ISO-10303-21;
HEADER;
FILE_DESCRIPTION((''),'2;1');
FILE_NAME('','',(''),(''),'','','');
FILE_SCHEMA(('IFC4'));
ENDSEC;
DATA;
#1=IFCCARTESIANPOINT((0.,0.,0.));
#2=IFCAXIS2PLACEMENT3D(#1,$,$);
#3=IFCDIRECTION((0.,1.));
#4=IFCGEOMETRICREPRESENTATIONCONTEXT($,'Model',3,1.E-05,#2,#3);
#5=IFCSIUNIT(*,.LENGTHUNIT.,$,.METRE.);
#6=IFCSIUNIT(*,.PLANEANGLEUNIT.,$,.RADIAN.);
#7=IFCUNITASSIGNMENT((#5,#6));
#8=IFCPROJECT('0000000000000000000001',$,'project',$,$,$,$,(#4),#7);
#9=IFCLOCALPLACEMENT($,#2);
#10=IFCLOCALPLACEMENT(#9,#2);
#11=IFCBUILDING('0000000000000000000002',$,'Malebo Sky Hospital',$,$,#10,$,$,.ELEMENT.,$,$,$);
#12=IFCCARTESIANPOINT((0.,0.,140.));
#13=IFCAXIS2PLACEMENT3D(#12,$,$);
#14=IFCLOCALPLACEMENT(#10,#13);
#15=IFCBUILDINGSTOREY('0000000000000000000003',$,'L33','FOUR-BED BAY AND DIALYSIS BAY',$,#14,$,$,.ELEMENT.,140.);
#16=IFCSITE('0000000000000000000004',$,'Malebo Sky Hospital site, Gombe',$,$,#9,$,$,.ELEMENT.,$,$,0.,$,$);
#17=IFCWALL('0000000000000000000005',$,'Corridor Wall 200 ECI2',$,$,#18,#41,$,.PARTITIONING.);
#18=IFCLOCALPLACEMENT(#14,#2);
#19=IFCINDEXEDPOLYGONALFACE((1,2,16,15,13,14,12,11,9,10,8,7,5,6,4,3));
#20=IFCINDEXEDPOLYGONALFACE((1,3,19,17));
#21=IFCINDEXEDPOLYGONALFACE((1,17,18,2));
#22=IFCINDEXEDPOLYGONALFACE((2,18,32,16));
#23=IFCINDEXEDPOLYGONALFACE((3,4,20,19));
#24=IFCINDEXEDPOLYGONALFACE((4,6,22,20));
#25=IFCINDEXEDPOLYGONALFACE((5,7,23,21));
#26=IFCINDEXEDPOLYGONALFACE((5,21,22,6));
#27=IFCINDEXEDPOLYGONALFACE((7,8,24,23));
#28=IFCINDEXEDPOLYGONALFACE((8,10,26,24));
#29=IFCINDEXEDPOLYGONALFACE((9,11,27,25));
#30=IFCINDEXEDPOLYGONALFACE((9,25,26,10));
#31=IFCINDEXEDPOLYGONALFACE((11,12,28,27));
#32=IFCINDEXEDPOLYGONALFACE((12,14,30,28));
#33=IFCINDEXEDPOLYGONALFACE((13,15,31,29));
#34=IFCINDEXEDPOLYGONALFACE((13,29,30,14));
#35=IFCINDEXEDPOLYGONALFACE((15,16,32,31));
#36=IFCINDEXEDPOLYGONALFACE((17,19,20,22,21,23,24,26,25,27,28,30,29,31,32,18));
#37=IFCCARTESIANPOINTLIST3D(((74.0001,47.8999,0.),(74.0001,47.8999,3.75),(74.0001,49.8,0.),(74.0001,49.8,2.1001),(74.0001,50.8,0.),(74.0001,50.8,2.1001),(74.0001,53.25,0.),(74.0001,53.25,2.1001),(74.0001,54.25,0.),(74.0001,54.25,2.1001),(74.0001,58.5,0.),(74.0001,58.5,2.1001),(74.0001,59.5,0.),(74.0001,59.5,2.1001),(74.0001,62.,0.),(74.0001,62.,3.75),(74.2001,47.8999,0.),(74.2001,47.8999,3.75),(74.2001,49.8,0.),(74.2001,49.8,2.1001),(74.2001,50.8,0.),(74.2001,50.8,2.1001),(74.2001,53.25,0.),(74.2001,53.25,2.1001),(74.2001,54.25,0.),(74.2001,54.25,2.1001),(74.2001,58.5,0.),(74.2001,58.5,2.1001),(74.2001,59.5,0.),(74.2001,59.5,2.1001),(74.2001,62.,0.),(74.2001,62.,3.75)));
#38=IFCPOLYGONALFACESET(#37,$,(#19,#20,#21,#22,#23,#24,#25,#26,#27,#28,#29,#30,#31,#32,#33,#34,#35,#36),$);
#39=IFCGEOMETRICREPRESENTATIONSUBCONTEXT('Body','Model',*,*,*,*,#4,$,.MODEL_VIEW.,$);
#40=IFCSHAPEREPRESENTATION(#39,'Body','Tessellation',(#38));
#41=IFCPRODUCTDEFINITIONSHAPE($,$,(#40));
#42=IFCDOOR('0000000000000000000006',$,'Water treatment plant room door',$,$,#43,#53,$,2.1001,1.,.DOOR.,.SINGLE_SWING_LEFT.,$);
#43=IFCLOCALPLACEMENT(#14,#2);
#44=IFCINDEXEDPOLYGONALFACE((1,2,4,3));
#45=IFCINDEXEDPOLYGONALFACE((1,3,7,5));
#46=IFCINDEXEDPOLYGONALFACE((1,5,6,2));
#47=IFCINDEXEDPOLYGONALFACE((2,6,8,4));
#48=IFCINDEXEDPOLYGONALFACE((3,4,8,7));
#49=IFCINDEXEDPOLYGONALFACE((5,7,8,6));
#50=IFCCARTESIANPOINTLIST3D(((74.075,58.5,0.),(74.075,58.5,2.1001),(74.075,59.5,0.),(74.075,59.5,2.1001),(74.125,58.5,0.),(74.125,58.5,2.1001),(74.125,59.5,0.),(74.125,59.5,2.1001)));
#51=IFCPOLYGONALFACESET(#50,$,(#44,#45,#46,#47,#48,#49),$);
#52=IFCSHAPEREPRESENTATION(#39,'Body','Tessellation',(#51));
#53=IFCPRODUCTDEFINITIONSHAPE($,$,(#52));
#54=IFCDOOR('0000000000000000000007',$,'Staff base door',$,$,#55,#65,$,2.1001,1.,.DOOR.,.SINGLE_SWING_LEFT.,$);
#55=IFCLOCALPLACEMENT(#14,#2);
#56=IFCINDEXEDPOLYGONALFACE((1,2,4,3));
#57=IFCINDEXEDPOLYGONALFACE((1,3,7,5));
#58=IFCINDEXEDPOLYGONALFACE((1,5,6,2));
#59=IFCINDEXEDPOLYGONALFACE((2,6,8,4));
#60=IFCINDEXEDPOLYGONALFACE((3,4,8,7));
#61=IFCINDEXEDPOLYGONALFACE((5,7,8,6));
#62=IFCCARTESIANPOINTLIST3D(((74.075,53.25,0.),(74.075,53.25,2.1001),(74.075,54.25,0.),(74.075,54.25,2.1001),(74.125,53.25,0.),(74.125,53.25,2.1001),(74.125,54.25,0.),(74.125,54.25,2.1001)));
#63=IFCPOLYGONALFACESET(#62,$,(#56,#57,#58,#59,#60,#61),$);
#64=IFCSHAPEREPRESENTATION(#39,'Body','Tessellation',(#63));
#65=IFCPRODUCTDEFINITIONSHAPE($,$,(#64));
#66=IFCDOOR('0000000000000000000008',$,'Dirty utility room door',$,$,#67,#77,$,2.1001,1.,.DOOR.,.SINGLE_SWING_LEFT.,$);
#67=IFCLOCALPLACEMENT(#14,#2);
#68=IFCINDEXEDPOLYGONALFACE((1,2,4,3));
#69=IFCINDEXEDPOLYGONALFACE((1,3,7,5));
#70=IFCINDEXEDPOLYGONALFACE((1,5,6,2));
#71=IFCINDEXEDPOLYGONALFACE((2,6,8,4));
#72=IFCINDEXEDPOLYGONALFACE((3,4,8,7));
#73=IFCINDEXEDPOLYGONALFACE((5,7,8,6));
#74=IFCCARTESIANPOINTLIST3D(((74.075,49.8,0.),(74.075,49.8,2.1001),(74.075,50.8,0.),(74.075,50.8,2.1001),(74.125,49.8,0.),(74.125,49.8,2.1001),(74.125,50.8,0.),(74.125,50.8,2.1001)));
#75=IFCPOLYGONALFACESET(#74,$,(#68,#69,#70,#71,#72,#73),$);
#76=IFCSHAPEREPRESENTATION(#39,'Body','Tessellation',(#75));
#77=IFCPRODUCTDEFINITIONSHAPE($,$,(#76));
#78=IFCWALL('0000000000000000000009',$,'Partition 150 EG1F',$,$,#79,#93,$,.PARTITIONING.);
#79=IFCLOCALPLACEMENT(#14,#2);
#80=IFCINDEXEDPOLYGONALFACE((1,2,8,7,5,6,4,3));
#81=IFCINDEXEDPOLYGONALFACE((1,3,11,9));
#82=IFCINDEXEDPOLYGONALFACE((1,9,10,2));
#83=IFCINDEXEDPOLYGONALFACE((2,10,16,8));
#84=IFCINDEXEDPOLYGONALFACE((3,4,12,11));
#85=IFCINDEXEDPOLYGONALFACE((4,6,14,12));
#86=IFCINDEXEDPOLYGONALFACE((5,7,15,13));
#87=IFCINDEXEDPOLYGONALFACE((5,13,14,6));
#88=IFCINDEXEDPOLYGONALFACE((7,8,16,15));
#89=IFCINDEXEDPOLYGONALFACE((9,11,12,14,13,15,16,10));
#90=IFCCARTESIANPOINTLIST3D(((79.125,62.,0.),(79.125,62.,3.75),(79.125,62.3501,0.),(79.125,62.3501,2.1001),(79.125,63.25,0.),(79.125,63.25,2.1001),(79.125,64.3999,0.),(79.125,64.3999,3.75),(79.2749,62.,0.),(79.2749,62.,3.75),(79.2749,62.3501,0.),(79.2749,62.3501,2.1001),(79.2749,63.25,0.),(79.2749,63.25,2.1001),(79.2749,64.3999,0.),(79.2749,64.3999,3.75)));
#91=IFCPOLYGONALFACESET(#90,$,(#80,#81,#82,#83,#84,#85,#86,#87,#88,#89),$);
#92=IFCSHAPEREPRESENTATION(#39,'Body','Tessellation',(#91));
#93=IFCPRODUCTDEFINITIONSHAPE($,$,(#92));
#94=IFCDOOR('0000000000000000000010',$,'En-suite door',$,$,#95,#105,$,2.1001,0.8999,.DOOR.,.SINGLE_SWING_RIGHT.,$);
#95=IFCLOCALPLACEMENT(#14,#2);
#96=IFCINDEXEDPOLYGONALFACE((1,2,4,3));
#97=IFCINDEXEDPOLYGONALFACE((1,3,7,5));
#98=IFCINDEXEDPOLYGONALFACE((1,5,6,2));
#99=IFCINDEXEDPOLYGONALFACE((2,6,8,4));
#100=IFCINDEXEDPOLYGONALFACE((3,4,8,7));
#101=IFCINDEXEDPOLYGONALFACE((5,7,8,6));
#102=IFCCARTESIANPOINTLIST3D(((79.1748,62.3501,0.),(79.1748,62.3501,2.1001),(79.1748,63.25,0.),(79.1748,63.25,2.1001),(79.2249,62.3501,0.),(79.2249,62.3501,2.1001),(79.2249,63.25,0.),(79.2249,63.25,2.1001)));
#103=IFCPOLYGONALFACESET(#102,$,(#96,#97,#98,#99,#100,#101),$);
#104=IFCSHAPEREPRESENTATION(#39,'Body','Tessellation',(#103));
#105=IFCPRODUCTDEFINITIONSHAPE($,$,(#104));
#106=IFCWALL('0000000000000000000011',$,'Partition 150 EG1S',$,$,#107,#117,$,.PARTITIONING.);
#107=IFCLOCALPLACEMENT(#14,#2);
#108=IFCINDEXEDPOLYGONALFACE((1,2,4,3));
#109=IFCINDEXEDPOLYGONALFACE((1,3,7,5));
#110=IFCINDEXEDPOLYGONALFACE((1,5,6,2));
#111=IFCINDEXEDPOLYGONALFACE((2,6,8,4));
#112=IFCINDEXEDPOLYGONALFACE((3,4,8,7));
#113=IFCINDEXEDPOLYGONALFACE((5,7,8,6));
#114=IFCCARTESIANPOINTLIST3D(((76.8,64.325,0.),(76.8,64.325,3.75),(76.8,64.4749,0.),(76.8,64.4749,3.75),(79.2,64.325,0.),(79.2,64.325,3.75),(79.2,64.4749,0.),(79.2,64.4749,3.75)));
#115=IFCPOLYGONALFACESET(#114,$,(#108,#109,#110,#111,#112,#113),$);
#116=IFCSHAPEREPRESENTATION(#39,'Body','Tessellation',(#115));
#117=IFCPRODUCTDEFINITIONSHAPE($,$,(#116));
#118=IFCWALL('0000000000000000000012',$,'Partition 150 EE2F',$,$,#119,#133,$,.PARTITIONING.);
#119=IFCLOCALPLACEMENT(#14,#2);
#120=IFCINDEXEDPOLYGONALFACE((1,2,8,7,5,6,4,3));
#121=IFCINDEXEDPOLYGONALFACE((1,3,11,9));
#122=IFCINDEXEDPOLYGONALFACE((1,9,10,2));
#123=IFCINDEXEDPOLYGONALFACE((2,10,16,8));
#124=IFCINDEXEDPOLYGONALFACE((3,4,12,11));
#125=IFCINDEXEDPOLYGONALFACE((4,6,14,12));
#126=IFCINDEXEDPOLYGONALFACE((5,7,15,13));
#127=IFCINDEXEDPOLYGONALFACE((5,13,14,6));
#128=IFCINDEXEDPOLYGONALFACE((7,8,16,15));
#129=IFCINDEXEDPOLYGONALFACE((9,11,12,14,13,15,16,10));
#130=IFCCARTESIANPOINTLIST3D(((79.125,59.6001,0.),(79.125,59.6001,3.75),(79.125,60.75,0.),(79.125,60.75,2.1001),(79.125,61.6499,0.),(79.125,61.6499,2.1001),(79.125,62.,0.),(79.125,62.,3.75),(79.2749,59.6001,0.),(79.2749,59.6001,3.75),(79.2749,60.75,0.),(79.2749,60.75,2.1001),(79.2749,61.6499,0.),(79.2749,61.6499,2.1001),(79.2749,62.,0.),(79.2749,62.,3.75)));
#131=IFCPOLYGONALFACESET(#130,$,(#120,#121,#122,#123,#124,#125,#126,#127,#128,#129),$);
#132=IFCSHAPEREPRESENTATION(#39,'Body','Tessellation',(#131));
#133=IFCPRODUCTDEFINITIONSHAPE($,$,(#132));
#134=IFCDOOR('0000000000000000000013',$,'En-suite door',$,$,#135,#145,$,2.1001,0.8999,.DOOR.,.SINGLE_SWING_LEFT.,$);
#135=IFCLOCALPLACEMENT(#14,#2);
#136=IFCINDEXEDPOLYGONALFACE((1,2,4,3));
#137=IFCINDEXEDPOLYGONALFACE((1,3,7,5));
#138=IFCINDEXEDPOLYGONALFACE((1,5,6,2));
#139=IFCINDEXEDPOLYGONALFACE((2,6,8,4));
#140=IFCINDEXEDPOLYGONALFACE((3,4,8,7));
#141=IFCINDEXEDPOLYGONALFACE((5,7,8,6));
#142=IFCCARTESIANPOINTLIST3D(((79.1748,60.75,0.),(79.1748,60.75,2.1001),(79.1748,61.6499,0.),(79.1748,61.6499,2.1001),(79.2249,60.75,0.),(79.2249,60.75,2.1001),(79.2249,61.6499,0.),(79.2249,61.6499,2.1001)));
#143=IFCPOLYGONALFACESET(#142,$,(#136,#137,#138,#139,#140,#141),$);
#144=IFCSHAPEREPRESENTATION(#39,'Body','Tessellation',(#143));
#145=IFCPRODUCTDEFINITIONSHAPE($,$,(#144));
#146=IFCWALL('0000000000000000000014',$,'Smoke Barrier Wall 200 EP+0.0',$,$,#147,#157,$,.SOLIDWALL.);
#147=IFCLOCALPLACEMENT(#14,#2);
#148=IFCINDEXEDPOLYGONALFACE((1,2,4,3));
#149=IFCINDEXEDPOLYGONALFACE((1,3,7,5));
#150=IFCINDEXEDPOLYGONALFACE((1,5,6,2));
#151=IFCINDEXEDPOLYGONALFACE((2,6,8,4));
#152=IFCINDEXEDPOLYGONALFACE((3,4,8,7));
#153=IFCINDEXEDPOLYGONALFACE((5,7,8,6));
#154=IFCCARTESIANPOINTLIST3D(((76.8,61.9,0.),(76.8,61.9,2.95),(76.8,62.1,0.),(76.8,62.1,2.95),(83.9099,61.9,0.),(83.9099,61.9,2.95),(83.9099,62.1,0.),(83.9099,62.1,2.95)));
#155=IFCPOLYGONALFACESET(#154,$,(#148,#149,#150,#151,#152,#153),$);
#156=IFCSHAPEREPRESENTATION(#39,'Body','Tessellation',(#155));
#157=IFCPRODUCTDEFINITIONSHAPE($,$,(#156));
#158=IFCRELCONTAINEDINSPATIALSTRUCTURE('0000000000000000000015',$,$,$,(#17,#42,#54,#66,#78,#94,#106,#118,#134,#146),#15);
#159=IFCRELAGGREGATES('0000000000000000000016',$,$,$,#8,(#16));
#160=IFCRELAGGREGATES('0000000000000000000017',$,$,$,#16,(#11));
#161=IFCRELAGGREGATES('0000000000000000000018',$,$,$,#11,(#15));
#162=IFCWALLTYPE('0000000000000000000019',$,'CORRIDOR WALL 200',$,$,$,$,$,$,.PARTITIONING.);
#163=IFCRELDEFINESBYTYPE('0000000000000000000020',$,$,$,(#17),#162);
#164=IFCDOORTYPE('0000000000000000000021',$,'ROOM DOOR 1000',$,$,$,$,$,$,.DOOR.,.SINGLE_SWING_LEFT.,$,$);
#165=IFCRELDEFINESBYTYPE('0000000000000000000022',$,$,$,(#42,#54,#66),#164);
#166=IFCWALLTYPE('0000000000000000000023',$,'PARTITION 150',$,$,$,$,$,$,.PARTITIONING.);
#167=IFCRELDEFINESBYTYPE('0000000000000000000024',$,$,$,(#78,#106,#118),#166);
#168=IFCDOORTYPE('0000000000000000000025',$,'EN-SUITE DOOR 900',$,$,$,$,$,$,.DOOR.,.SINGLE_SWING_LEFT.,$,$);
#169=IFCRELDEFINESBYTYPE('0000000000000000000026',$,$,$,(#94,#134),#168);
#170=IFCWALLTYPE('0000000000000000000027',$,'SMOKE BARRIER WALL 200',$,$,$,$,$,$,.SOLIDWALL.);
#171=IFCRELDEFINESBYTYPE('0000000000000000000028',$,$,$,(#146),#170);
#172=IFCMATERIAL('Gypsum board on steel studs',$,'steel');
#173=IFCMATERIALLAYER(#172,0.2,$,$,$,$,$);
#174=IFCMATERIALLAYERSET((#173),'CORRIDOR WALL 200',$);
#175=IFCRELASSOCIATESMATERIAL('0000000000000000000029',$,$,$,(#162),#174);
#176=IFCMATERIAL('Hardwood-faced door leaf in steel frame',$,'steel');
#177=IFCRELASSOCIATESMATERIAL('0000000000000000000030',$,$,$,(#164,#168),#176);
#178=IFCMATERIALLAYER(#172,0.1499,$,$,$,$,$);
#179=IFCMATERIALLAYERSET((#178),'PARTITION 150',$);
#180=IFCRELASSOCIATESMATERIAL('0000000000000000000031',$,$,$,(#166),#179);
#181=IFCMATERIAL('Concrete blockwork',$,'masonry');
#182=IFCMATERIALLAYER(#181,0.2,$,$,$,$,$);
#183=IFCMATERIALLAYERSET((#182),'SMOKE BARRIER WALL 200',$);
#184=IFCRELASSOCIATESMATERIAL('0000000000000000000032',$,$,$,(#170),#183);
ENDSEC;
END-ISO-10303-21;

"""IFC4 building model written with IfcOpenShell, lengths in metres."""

from ifc_helpers import new_model, si_unit, direction, frame, frame_2d, origin, place, context, subcontext, project, spatial, rectangle, extrude, material, layer, layer_set, type_object, element, fill, save


model = new_model("IFC4")

# Units and contexts
model_context = context("Model", 3, precision=1e-05, world=origin(), true_north=direction((0.0, 1.0)))
body_context = subcontext(model_context, "Body", "Model", "MODEL_VIEW")
ifc_project = project(units=[si_unit("LENGTHUNIT", "METRE"), si_unit("PLANEANGLEUNIT", "RADIAN")], contexts=[model_context])

# Site, building, storey
site_placement = place(None, origin())
site = spatial("IfcSite", under=ifc_project, at=site_placement, Name="Malebo Sky Hospital site, Gombe", CompositionType="ELEMENT", RefElevation=0.0)
building_placement = place(site_placement, origin())
building = spatial("IfcBuilding", under=site, at=building_placement, Name="Malebo Sky Hospital", CompositionType="ELEMENT")
storey_placement = place(building_placement, frame((0.0, 0.0, 140.0)))
storey = spatial("IfcBuildingStorey", under=building, at=storey_placement, Name="L33", Description="FOUR-BED BAY AND DIALYSIS BAY", CompositionType="ELEMENT", Elevation=140.0)

# Wall, openings, doors
ifc_material_1 = material(Name="Gypsum board on steel studs", Category="steel")
ifc_layer_1 = layer(ifc_material_1, 0.2)
ifc_layer_set_1 = layer_set([ifc_layer_1], Name="CORRIDOR WALL 200")
wall_type_1 = type_object("IfcWallType", Name="CORRIDOR WALL 200", PredefinedType="PARTITIONING", material=ifc_layer_set_1)
wall_1_placement = place(storey_placement, frame((74.1001, 62.0, 0.0), z_axis=(0.0, 0.0, 1.0), x_axis=(0.0, -1.0, 0.0)))
wall_1 = element("IfcWall", 1, at=wall_1_placement, inside=storey, type_object=wall_type_1, Name="Corridor Wall 200 ECI2", PredefinedType="PARTITIONING", context=body_context, shape_type="SweptSolid", body=[
    extrude(rectangle(XDim=14.1001, YDim=0.2, at=frame_2d((7.05, 0.0))), origin(), (0.0, 0.0, 1.0), 3.75),
])
opening_1_placement = place(wall_1_placement, frame((2.5, 0.0, 0.0)))
opening_1 = element("IfcOpeningElement", 2, at=opening_1_placement, cuts=wall_1, PredefinedType="OPENING", context=body_context, shape_type="SweptSolid", body=[
    extrude(rectangle(XDim=1.0, YDim=2.1001, at=frame_2d((0.5, 1.05))), frame((0.0, 0.1099, 0.0), z_axis=(0.0, -1.0, 0.0), x_axis=(1.0, 0.0, 0.0)), (0.0, 0.0, 1.0), 0.22),
])
opening_2_placement = place(wall_1_placement, frame((7.75, 0.0, 0.0)))
opening_2 = element("IfcOpeningElement", 3, at=opening_2_placement, cuts=wall_1, PredefinedType="OPENING", context=body_context, shape_type="SweptSolid", body=[
    extrude(rectangle(XDim=1.0, YDim=2.1001, at=frame_2d((0.5, 1.05))), frame((0.0, 0.1099, 0.0), z_axis=(0.0, -1.0, 0.0), x_axis=(1.0, 0.0, 0.0)), (0.0, 0.0, 1.0), 0.22),
])
opening_3_placement = place(wall_1_placement, frame((11.2, 0.0, 0.0)))
opening_3 = element("IfcOpeningElement", 4, at=opening_3_placement, cuts=wall_1, PredefinedType="OPENING", context=body_context, shape_type="SweptSolid", body=[
    extrude(rectangle(XDim=1.0, YDim=2.1001, at=frame_2d((0.5, 1.05))), frame((0.0, 0.1099, 0.0), z_axis=(0.0, -1.0, 0.0), x_axis=(1.0, 0.0, 0.0)), (0.0, 0.0, 1.0), 0.22),
])
ifc_material_2 = material(Name="Hardwood-faced door leaf in steel frame", Category="steel")
door_type_1 = type_object("IfcDoorType", Name="ROOM DOOR 1000", OperationType="SINGLE_SWING_LEFT", PredefinedType="DOOR", material=ifc_material_2)
door_1_placement = place(opening_1_placement, origin())
door_1 = element("IfcDoor", 5, at=door_1_placement, inside=storey, type_object=door_type_1, Name="Water treatment plant room door", OperationType="SINGLE_SWING_LEFT", OverallHeight=2.1001, OverallWidth=1.0, PredefinedType="DOOR", context=body_context, shape_type="SweptSolid", body=[
    extrude(rectangle(XDim=1.0, YDim=2.1001, at=frame_2d((0.5, 1.05))), frame((0.0, 0.0249, 0.0), z_axis=(0.0, -1.0, 0.0), x_axis=(1.0, 0.0, 0.0)), (0.0, 0.0, 1.0), 0.05),
])
fill(opening_1, door_1)
door_2_placement = place(opening_2_placement, origin())
door_2 = element("IfcDoor", 6, at=door_2_placement, inside=storey, type_object=door_type_1, Name="Staff base door", OperationType="SINGLE_SWING_LEFT", OverallHeight=2.1001, OverallWidth=1.0, PredefinedType="DOOR", context=body_context, shape_type="SweptSolid", body=[
    extrude(rectangle(XDim=1.0, YDim=2.1001, at=frame_2d((0.5, 1.05))), frame((0.0, 0.0249, 0.0), z_axis=(0.0, -1.0, 0.0), x_axis=(1.0, 0.0, 0.0)), (0.0, 0.0, 1.0), 0.05),
])
fill(opening_2, door_2)
door_3_placement = place(opening_3_placement, origin())
door_3 = element("IfcDoor", 7, at=door_3_placement, inside=storey, type_object=door_type_1, Name="Dirty utility room door", OperationType="SINGLE_SWING_LEFT", OverallHeight=2.1001, OverallWidth=1.0, PredefinedType="DOOR", context=body_context, shape_type="SweptSolid", body=[
    extrude(rectangle(XDim=1.0, YDim=2.1001, at=frame_2d((0.5, 1.05))), frame((0.0, 0.0249, 0.0), z_axis=(0.0, -1.0, 0.0), x_axis=(1.0, 0.0, 0.0)), (0.0, 0.0, 1.0), 0.05),
])
fill(opening_3, door_3)

# Wall, opening, door
ifc_layer_2 = layer(ifc_material_1, 0.1499)
ifc_layer_set_2 = layer_set([ifc_layer_2], Name="PARTITION 150")
wall_type_2 = type_object("IfcWallType", Name="PARTITION 150", PredefinedType="PARTITIONING", material=ifc_layer_set_2)
wall_2_placement = place(storey_placement, frame((79.2, 64.3999, 0.0), z_axis=(0.0, 0.0, 1.0), x_axis=(0.0, -1.0, 0.0)))
wall_2 = element("IfcWall", 8, at=wall_2_placement, inside=storey, type_object=wall_type_2, Name="Partition 150 EG1F", PredefinedType="PARTITIONING", context=body_context, shape_type="SweptSolid", body=[
    extrude(rectangle(XDim=2.3999, YDim=0.1499, at=frame_2d((1.2, 0.0))), origin(), (0.0, 0.0, 1.0), 3.75),
])
opening_4_placement = place(wall_2_placement, frame((1.1499, 0.0, 0.0)))
opening_4 = element("IfcOpeningElement", 9, at=opening_4_placement, cuts=wall_2, PredefinedType="OPENING", context=body_context, shape_type="SweptSolid", body=[
    extrude(rectangle(XDim=0.8999, YDim=2.1001, at=frame_2d((0.45, 1.05))), frame((0.0, 0.085, 0.0), z_axis=(0.0, -1.0, 0.0), x_axis=(1.0, 0.0, 0.0)), (0.0, 0.0, 1.0), 0.1699),
])
door_type_2 = type_object("IfcDoorType", Name="EN-SUITE DOOR 900", OperationType="SINGLE_SWING_LEFT", PredefinedType="DOOR", material=ifc_material_2)
door_4_placement = place(opening_4_placement, origin())
door_4 = element("IfcDoor", 10, at=door_4_placement, inside=storey, type_object=door_type_2, Name="En-suite door", OperationType="SINGLE_SWING_RIGHT", OverallHeight=2.1001, OverallWidth=0.8999, PredefinedType="DOOR", context=body_context, shape_type="SweptSolid", body=[
    extrude(rectangle(XDim=0.8999, YDim=2.1001, at=frame_2d((0.45, 1.05))), frame((0.0, 0.0249, 0.0), z_axis=(0.0, -1.0, 0.0), x_axis=(1.0, 0.0, 0.0)), (0.0, 0.0, 1.0), 0.05),
])
fill(opening_4, door_4)

# Wall
wall_3_placement = place(storey_placement, frame((76.8, 64.3999, 0.0), z_axis=(0.0, 0.0, 1.0), x_axis=(1.0, 0.0, 0.0)))
element("IfcWall", 11, at=wall_3_placement, inside=storey, type_object=wall_type_2, Name="Partition 150 EG1S", PredefinedType="PARTITIONING", context=body_context, shape_type="SweptSolid", body=[
    extrude(rectangle(XDim=2.3999, YDim=0.1499, at=frame_2d((1.2, 0.0))), origin(), (0.0, 0.0, 1.0), 3.75),
])

# Wall, opening, door
wall_4_placement = place(storey_placement, frame((79.2, 62.0, 0.0), z_axis=(0.0, 0.0, 1.0), x_axis=(0.0, -1.0, 0.0)))
wall_4 = element("IfcWall", 12, at=wall_4_placement, inside=storey, type_object=wall_type_2, Name="Partition 150 EE2F", PredefinedType="PARTITIONING", context=body_context, shape_type="SweptSolid", body=[
    extrude(rectangle(XDim=2.3999, YDim=0.1499, at=frame_2d((1.2, 0.0))), origin(), (0.0, 0.0, 1.0), 3.75),
])
opening_5_placement = place(wall_4_placement, frame((0.3501, 0.0, 0.0)))
opening_5 = element("IfcOpeningElement", 13, at=opening_5_placement, cuts=wall_4, PredefinedType="OPENING", context=body_context, shape_type="SweptSolid", body=[
    extrude(rectangle(XDim=0.8999, YDim=2.1001, at=frame_2d((0.45, 1.05))), frame((0.0, 0.085, 0.0), z_axis=(0.0, -1.0, 0.0), x_axis=(1.0, 0.0, 0.0)), (0.0, 0.0, 1.0), 0.1699),
])
door_5_placement = place(opening_5_placement, origin())
door_5 = element("IfcDoor", 14, at=door_5_placement, inside=storey, type_object=door_type_2, Name="En-suite door", OperationType="SINGLE_SWING_LEFT", OverallHeight=2.1001, OverallWidth=0.8999, PredefinedType="DOOR", context=body_context, shape_type="SweptSolid", body=[
    extrude(rectangle(XDim=0.8999, YDim=2.1001, at=frame_2d((0.45, 1.05))), frame((0.0, 0.0249, 0.0), z_axis=(0.0, -1.0, 0.0), x_axis=(1.0, 0.0, 0.0)), (0.0, 0.0, 1.0), 0.05),
])
fill(opening_5, door_5)

# Wall
ifc_material_3 = material(Name="Concrete blockwork", Category="masonry")
ifc_layer_3 = layer(ifc_material_3, 0.2)
ifc_layer_set_3 = layer_set([ifc_layer_3], Name="SMOKE BARRIER WALL 200")
wall_type_3 = type_object("IfcWallType", Name="SMOKE BARRIER WALL 200", PredefinedType="SOLIDWALL", material=ifc_layer_set_3)
wall_5_placement = place(storey_placement, frame((76.8, 62.0, 0.0), z_axis=(0.0, 0.0, 1.0), x_axis=(1.0, 0.0, 0.0)))
element("IfcWall", 15, at=wall_5_placement, inside=storey, type_object=wall_type_3, Name="Smoke Barrier Wall 200 EP+0.0", PredefinedType="SOLIDWALL", context=body_context, shape_type="SweptSolid", body=[
    extrude(rectangle(XDim=7.1099, YDim=0.2, at=frame_2d((3.5549, 0.0))), origin(), (0.0, 0.0, 1.0), 2.95),
])

save(model, "model.ifc")
